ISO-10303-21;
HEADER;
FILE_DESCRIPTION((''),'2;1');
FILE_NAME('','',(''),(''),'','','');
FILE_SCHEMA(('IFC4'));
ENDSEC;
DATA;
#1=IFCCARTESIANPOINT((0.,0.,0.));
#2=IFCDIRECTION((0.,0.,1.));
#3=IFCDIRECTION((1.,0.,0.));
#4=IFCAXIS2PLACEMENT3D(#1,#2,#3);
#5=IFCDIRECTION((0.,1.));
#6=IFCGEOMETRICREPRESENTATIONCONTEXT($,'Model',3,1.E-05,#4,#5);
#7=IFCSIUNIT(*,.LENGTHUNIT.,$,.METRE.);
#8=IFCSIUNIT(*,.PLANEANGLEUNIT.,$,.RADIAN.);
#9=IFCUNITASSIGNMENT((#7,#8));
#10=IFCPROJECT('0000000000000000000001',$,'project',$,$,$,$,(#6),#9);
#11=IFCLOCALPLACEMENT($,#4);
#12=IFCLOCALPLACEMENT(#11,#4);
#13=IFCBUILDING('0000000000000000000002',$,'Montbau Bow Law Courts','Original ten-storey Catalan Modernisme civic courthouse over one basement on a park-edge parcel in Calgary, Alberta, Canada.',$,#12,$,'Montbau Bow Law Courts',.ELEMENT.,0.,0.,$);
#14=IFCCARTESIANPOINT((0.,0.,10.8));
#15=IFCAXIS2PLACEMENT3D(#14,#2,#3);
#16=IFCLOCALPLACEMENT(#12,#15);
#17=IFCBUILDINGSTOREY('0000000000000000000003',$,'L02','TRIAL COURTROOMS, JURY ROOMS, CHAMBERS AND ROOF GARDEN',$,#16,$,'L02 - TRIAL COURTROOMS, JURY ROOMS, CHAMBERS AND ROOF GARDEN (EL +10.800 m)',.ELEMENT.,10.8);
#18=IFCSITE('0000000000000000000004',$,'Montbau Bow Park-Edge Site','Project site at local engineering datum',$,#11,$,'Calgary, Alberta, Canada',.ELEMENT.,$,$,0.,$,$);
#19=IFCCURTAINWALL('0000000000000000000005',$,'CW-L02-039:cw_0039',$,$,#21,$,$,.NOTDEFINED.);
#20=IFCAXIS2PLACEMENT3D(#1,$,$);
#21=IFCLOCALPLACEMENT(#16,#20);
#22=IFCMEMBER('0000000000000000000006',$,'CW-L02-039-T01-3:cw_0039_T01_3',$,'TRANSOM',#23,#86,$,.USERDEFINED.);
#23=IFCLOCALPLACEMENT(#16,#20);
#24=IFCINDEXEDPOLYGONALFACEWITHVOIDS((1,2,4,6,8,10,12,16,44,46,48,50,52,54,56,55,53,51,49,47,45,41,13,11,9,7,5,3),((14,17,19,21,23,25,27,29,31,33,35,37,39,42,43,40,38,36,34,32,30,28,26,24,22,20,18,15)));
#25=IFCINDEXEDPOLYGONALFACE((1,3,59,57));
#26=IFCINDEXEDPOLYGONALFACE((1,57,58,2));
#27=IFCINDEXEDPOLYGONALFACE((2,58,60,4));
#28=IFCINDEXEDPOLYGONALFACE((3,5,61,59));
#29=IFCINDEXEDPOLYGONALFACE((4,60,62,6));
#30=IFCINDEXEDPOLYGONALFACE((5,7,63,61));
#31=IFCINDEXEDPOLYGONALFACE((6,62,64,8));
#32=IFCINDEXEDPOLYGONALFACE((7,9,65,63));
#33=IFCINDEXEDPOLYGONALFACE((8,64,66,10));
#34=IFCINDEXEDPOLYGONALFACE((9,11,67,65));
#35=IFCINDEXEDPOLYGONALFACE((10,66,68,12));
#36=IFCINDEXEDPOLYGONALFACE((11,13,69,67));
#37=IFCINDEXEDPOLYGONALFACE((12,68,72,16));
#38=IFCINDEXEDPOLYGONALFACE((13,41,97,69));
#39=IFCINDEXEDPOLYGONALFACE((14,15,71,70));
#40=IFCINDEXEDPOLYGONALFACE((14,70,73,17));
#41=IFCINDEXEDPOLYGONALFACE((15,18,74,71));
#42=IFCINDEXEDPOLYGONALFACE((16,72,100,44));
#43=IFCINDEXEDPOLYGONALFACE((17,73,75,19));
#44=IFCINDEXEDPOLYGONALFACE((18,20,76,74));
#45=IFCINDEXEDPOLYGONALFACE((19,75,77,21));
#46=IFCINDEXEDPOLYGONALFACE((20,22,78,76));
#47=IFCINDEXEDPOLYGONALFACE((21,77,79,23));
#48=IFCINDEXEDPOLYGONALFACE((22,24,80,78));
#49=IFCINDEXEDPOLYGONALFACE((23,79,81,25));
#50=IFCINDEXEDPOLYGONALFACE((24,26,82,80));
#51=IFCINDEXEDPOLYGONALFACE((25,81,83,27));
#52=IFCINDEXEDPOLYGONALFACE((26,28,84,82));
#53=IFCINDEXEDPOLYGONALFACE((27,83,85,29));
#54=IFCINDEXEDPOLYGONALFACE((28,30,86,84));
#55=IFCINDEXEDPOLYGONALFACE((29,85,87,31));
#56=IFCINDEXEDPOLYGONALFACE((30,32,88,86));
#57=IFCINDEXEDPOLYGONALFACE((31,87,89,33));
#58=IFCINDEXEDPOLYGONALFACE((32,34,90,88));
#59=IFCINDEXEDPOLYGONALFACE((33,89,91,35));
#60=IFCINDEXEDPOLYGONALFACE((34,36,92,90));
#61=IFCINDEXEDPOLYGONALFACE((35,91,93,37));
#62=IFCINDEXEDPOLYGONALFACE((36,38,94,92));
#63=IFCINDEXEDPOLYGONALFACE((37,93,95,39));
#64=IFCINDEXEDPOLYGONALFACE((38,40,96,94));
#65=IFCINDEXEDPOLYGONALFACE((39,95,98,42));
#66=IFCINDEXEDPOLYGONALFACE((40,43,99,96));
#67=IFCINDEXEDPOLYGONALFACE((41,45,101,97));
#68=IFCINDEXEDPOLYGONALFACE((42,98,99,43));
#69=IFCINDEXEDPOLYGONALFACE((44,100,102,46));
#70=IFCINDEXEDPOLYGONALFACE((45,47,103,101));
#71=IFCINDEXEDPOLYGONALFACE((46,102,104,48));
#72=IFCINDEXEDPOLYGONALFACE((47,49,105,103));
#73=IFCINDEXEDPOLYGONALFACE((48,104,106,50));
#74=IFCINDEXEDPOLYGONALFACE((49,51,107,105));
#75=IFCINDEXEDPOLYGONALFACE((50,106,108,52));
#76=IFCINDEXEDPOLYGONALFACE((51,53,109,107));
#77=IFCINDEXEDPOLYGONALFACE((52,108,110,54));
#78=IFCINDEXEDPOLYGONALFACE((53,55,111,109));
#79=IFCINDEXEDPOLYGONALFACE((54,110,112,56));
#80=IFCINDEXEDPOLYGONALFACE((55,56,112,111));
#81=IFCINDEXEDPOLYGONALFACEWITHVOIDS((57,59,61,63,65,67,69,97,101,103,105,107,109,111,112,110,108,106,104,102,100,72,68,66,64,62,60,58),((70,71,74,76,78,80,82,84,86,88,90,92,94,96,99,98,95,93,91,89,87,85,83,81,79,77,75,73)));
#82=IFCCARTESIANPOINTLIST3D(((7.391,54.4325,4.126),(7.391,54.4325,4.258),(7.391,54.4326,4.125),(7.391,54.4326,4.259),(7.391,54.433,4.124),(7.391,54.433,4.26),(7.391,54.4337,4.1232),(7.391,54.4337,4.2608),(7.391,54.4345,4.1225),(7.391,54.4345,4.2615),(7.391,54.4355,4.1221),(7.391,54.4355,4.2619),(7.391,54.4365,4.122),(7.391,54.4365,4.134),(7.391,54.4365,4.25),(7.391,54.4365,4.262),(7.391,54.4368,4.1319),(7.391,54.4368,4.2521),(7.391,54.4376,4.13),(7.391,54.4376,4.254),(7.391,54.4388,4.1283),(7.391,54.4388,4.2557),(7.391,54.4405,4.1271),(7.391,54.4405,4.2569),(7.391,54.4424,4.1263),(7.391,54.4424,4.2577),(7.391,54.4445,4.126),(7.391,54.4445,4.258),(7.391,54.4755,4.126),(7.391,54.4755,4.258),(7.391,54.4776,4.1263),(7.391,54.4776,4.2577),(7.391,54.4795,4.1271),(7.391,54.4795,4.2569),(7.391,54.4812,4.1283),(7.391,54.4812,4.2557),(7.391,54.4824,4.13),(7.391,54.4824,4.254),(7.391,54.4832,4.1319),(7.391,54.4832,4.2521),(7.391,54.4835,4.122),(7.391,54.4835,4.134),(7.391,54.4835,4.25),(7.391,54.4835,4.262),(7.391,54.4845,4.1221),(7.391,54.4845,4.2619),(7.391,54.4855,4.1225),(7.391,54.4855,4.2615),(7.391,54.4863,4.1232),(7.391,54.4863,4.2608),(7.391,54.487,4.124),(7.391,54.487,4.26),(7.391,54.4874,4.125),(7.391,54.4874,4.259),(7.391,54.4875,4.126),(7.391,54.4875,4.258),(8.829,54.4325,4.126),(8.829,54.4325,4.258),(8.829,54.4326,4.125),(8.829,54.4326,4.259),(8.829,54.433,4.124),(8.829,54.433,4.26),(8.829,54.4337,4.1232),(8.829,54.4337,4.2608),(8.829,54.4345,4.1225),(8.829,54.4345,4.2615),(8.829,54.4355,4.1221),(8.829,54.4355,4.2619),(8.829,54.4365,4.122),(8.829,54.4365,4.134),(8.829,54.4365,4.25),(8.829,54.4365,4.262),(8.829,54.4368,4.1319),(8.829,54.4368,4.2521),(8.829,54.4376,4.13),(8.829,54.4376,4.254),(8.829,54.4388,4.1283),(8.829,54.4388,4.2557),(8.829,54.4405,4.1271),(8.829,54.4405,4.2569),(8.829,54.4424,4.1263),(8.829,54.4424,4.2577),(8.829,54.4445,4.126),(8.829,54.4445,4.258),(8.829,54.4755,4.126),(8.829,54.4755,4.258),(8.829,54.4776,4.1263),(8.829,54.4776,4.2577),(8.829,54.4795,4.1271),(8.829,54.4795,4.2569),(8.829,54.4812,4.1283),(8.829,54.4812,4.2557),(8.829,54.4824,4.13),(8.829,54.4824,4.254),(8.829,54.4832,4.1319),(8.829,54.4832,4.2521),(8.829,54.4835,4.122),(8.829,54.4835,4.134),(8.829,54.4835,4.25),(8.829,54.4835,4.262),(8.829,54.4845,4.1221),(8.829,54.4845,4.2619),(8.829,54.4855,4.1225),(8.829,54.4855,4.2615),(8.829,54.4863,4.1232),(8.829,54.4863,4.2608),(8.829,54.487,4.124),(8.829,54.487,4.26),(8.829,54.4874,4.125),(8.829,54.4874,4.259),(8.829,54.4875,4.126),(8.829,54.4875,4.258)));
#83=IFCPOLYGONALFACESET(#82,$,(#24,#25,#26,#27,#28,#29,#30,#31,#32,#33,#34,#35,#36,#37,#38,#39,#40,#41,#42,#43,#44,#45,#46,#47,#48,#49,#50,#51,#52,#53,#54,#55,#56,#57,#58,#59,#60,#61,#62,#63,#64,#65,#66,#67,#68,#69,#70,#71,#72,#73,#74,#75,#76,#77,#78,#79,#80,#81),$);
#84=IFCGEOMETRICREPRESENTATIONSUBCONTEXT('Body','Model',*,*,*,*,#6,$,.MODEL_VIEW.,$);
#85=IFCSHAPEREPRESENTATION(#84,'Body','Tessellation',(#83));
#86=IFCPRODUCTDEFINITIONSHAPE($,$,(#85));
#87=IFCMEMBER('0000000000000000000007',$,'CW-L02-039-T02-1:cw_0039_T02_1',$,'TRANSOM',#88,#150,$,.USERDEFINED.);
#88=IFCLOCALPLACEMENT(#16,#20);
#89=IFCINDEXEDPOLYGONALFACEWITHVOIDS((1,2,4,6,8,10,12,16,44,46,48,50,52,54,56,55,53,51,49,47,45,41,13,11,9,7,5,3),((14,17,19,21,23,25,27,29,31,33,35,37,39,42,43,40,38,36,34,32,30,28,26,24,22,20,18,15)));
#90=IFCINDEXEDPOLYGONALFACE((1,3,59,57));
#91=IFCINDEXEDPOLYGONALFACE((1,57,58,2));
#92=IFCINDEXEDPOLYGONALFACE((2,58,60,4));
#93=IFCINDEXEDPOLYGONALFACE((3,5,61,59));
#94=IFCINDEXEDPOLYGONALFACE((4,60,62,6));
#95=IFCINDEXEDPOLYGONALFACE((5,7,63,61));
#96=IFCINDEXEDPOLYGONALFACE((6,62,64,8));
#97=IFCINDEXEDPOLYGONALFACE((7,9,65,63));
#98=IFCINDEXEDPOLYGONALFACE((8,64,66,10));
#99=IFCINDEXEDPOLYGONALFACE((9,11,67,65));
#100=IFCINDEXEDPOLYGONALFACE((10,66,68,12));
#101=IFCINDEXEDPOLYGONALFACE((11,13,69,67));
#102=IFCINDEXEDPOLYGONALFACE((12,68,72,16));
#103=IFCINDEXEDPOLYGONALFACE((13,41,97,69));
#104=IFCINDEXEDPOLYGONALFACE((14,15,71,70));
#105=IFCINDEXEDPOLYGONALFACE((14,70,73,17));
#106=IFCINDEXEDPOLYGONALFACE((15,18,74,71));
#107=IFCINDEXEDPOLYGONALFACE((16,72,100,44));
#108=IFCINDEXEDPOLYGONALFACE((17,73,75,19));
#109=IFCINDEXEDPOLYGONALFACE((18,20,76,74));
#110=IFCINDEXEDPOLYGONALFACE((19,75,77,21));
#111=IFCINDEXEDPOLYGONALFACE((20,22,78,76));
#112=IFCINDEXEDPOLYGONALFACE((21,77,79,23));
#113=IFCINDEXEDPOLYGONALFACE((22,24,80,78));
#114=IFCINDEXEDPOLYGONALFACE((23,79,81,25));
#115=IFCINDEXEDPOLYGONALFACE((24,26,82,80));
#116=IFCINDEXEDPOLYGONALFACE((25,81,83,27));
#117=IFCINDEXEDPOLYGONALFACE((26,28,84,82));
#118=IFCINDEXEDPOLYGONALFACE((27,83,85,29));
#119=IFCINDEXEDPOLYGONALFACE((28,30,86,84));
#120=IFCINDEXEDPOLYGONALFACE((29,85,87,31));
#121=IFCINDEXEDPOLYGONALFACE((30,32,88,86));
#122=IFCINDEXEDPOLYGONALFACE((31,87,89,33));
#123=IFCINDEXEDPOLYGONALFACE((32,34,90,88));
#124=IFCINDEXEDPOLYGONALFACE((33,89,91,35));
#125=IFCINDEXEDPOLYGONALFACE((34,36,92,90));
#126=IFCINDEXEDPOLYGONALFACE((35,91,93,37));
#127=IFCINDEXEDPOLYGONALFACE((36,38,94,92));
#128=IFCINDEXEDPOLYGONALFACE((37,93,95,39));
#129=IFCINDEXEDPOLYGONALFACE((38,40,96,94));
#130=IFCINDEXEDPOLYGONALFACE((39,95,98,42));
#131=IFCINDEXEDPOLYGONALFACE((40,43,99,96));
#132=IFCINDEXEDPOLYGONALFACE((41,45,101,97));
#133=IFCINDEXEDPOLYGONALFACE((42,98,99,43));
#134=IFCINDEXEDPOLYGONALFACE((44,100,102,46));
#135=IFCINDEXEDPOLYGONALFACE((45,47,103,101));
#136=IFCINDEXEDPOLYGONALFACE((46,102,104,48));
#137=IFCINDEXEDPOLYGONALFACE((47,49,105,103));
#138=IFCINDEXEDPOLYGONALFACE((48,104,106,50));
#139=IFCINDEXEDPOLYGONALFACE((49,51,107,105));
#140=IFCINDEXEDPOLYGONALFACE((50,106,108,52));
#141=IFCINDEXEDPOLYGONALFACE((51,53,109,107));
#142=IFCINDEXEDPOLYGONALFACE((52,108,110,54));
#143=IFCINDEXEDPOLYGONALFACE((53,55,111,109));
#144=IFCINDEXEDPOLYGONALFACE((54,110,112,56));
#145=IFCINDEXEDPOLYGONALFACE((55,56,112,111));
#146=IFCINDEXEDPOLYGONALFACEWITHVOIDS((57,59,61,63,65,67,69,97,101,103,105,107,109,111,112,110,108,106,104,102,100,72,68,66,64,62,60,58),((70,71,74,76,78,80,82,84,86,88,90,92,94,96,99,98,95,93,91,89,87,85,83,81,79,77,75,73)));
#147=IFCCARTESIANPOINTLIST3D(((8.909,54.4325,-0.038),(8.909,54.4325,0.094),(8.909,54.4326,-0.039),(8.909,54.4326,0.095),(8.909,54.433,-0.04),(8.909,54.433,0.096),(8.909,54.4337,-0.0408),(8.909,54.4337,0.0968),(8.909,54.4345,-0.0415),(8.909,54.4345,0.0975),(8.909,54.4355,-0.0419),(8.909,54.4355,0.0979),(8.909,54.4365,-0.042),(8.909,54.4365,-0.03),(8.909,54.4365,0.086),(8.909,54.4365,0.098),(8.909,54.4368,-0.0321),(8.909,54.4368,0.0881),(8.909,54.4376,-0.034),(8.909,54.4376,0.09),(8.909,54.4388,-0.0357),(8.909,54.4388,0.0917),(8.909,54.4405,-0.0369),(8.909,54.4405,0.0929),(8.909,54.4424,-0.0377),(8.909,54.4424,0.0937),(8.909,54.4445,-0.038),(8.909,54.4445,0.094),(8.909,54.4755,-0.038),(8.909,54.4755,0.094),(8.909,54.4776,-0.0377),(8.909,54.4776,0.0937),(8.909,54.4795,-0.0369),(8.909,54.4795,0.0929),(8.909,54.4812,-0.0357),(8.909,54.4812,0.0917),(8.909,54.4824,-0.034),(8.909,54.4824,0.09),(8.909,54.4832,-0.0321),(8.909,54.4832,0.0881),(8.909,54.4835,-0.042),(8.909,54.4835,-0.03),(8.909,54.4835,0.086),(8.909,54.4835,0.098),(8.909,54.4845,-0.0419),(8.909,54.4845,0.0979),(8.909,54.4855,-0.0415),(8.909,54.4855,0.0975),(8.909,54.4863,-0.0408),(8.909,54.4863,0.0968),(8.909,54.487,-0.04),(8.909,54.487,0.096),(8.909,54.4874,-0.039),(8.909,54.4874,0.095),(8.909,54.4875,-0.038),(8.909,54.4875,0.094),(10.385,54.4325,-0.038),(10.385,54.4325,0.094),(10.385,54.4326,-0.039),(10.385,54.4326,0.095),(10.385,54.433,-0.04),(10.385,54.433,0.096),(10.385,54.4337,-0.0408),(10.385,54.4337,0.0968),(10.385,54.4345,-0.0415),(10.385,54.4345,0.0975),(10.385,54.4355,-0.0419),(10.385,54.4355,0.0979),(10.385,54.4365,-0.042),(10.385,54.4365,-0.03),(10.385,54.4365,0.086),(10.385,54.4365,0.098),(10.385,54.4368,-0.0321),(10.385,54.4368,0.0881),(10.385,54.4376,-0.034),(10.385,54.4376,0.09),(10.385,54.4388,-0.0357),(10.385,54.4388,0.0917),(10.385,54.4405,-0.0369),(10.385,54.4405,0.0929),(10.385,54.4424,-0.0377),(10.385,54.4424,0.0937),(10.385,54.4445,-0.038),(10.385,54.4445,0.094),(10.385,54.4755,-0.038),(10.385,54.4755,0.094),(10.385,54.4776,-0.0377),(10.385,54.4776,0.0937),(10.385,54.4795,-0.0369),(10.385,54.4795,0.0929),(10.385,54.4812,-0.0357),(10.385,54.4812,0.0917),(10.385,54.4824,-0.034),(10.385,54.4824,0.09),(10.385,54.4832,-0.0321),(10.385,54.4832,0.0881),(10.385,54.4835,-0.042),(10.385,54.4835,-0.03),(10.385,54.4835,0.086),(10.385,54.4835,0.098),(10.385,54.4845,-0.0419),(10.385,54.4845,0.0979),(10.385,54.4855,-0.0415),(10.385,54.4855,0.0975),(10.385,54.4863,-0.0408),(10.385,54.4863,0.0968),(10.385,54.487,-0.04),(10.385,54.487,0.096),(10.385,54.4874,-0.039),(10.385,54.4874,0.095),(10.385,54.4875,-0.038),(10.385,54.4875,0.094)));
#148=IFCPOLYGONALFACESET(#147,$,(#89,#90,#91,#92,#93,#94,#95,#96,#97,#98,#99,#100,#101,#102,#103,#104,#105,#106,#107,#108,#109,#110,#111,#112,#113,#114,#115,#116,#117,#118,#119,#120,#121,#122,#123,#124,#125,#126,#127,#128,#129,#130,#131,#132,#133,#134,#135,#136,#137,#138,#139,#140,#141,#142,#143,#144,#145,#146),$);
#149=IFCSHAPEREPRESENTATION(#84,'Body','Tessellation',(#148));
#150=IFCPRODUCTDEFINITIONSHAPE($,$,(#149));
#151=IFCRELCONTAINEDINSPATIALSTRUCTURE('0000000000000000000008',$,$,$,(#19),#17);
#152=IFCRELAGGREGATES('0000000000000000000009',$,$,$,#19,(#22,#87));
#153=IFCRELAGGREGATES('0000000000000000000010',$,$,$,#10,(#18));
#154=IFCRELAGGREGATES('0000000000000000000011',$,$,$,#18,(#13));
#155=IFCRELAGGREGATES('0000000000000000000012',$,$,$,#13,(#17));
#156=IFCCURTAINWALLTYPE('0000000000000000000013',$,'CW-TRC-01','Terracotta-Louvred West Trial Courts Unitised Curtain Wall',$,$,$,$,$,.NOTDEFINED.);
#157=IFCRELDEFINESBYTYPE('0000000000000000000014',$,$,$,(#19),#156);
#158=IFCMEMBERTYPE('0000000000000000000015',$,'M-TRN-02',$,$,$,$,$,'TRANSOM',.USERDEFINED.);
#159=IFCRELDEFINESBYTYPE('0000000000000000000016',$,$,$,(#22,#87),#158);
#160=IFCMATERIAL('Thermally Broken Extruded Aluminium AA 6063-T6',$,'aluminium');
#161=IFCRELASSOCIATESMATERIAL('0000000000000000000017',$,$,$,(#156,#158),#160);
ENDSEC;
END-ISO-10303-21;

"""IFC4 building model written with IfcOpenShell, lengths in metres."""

from ifc_helpers import new_model, si_unit, direction, frame, origin_with_axes, origin_2d_with_axis, place, context, subcontext, project, spatial, hollow_rectangle, extrude, material, material_profile, profile_set, type_object, element, aggregate, save


model = new_model("IFC4")

# Units and contexts
model_context = context("Model", 3, precision=1e-05, world=origin_with_axes(), true_north=direction((0.0, 1.0)))
body_context = subcontext(model_context, "Body", "Model", "MODEL_VIEW")
ifc_project = project(units=[si_unit("LENGTHUNIT", "METRE"), si_unit("PLANEANGLEUNIT", "RADIAN")], contexts=[model_context])

# Site, building, storey
site_placement = place(None, origin_with_axes())
site = spatial("IfcSite", under=ifc_project, at=site_placement, Name="Montbau Bow Park-Edge Site", Description="Project site at local engineering datum", LongName="Calgary, Alberta, Canada", CompositionType="ELEMENT", RefElevation=0.0)
building_placement = place(site_placement, origin_with_axes())
building = spatial("IfcBuilding", under=site, at=building_placement, Name="Montbau Bow Law Courts", Description="Original ten-storey Catalan Modernisme civic courthouse over one basement on a park-edge parcel in Calgary, Alberta, Canada.", LongName="Montbau Bow Law Courts", CompositionType="ELEMENT", ElevationOfRefHeight=0.0, ElevationOfTerrain=0.0)
storey_placement = place(building_placement, frame((0.0, 0.0, 10.8), z_axis=(0.0, 0.0, 1.0), x_axis=(1.0, 0.0, 0.0)))
storey = spatial("IfcBuildingStorey", under=building, at=storey_placement, Name="L02", Description="TRIAL COURTROOMS, JURY ROOMS, CHAMBERS AND ROOF GARDEN", LongName="L02 - TRIAL COURTROOMS, JURY ROOMS, CHAMBERS AND ROOF GARDEN (EL +10.800 m)", CompositionType="ELEMENT", Elevation=10.8)

# Curtain wall
ifc_material_1 = material(Name="Thermally Broken Extruded Aluminium AA 6063-T6", Category="aluminium")
curtain_wall_type = type_object("IfcCurtainWallType", Name="CW-TRC-01", Description="Terracotta-Louvred West Trial Courts Unitised Curtain Wall", PredefinedType="NOTDEFINED", material=ifc_material_1)
curtain_wall_1_placement = place(None, frame((7.315, 54.46, 10.8), z_axis=(0.0, 0.0, 1.0), x_axis=(1.0, 0.0, 0.0)))
curtain_wall_1 = element("IfcCurtainWall", 1, at=curtain_wall_1_placement, inside=storey, type_object=curtain_wall_type, Name="CW-L02-039:cw_0039", PredefinedType="NOTDEFINED")

# Members
ifc_material_profile_1 = material_profile(ifc_material_1, hollow_rectangle(XDim=0.055, YDim=0.14, WallThickness=0.004, InnerFilletRadius=0.008, OuterFilletRadius=0.004, at=origin_2d_with_axis()), Name="CWT-140X55", Category="Main", Priority=0)
ifc_profile_set_1 = profile_set([ifc_material_profile_1], Name="Thermally Broken Extruded Aluminium AA 6063-T6")
member_type_1 = type_object("IfcMemberType", Name="M-TRN-02", ElementType="TRANSOM", PredefinedType="USERDEFINED", material=ifc_profile_set_1)
member_1_placement = place(None, frame((7.391, 54.46, 14.992), z_axis=(1.0, 0.0, 0.0), x_axis=(0.0, 1.0, 0.0)))
member_1 = element("IfcMember", 2, at=member_1_placement, type_object=member_type_1, Name="CW-L02-039-T01-3:cw_0039_T01_3", ObjectType="TRANSOM", PredefinedType="USERDEFINED", context=body_context, shape_type="SweptSolid", body=[
    extrude(hollow_rectangle(XDim=0.055, YDim=0.14, WallThickness=0.004, InnerFilletRadius=0.008, OuterFilletRadius=0.004, at=origin_2d_with_axis()), origin_with_axes(), (0.0, 0.0, 1.0), 1.438),
])
member_2_placement = place(None, frame((8.909, 54.46, 10.828), z_axis=(1.0, 0.0, 0.0), x_axis=(0.0, 1.0, 0.0)))
member_2 = element("IfcMember", 3, at=member_2_placement, type_object=member_type_1, Name="CW-L02-039-T02-1:cw_0039_T02_1", ObjectType="TRANSOM", PredefinedType="USERDEFINED", context=body_context, shape_type="SweptSolid", body=[
    extrude(hollow_rectangle(XDim=0.055, YDim=0.14, WallThickness=0.004, InnerFilletRadius=0.008, OuterFilletRadius=0.004, at=origin_2d_with_axis()), origin_with_axes(), (0.0, 0.0, 1.0), 1.476),
])

aggregate(curtain_wall_1, [member_1, member_2])

save(model, "model.ifc")
